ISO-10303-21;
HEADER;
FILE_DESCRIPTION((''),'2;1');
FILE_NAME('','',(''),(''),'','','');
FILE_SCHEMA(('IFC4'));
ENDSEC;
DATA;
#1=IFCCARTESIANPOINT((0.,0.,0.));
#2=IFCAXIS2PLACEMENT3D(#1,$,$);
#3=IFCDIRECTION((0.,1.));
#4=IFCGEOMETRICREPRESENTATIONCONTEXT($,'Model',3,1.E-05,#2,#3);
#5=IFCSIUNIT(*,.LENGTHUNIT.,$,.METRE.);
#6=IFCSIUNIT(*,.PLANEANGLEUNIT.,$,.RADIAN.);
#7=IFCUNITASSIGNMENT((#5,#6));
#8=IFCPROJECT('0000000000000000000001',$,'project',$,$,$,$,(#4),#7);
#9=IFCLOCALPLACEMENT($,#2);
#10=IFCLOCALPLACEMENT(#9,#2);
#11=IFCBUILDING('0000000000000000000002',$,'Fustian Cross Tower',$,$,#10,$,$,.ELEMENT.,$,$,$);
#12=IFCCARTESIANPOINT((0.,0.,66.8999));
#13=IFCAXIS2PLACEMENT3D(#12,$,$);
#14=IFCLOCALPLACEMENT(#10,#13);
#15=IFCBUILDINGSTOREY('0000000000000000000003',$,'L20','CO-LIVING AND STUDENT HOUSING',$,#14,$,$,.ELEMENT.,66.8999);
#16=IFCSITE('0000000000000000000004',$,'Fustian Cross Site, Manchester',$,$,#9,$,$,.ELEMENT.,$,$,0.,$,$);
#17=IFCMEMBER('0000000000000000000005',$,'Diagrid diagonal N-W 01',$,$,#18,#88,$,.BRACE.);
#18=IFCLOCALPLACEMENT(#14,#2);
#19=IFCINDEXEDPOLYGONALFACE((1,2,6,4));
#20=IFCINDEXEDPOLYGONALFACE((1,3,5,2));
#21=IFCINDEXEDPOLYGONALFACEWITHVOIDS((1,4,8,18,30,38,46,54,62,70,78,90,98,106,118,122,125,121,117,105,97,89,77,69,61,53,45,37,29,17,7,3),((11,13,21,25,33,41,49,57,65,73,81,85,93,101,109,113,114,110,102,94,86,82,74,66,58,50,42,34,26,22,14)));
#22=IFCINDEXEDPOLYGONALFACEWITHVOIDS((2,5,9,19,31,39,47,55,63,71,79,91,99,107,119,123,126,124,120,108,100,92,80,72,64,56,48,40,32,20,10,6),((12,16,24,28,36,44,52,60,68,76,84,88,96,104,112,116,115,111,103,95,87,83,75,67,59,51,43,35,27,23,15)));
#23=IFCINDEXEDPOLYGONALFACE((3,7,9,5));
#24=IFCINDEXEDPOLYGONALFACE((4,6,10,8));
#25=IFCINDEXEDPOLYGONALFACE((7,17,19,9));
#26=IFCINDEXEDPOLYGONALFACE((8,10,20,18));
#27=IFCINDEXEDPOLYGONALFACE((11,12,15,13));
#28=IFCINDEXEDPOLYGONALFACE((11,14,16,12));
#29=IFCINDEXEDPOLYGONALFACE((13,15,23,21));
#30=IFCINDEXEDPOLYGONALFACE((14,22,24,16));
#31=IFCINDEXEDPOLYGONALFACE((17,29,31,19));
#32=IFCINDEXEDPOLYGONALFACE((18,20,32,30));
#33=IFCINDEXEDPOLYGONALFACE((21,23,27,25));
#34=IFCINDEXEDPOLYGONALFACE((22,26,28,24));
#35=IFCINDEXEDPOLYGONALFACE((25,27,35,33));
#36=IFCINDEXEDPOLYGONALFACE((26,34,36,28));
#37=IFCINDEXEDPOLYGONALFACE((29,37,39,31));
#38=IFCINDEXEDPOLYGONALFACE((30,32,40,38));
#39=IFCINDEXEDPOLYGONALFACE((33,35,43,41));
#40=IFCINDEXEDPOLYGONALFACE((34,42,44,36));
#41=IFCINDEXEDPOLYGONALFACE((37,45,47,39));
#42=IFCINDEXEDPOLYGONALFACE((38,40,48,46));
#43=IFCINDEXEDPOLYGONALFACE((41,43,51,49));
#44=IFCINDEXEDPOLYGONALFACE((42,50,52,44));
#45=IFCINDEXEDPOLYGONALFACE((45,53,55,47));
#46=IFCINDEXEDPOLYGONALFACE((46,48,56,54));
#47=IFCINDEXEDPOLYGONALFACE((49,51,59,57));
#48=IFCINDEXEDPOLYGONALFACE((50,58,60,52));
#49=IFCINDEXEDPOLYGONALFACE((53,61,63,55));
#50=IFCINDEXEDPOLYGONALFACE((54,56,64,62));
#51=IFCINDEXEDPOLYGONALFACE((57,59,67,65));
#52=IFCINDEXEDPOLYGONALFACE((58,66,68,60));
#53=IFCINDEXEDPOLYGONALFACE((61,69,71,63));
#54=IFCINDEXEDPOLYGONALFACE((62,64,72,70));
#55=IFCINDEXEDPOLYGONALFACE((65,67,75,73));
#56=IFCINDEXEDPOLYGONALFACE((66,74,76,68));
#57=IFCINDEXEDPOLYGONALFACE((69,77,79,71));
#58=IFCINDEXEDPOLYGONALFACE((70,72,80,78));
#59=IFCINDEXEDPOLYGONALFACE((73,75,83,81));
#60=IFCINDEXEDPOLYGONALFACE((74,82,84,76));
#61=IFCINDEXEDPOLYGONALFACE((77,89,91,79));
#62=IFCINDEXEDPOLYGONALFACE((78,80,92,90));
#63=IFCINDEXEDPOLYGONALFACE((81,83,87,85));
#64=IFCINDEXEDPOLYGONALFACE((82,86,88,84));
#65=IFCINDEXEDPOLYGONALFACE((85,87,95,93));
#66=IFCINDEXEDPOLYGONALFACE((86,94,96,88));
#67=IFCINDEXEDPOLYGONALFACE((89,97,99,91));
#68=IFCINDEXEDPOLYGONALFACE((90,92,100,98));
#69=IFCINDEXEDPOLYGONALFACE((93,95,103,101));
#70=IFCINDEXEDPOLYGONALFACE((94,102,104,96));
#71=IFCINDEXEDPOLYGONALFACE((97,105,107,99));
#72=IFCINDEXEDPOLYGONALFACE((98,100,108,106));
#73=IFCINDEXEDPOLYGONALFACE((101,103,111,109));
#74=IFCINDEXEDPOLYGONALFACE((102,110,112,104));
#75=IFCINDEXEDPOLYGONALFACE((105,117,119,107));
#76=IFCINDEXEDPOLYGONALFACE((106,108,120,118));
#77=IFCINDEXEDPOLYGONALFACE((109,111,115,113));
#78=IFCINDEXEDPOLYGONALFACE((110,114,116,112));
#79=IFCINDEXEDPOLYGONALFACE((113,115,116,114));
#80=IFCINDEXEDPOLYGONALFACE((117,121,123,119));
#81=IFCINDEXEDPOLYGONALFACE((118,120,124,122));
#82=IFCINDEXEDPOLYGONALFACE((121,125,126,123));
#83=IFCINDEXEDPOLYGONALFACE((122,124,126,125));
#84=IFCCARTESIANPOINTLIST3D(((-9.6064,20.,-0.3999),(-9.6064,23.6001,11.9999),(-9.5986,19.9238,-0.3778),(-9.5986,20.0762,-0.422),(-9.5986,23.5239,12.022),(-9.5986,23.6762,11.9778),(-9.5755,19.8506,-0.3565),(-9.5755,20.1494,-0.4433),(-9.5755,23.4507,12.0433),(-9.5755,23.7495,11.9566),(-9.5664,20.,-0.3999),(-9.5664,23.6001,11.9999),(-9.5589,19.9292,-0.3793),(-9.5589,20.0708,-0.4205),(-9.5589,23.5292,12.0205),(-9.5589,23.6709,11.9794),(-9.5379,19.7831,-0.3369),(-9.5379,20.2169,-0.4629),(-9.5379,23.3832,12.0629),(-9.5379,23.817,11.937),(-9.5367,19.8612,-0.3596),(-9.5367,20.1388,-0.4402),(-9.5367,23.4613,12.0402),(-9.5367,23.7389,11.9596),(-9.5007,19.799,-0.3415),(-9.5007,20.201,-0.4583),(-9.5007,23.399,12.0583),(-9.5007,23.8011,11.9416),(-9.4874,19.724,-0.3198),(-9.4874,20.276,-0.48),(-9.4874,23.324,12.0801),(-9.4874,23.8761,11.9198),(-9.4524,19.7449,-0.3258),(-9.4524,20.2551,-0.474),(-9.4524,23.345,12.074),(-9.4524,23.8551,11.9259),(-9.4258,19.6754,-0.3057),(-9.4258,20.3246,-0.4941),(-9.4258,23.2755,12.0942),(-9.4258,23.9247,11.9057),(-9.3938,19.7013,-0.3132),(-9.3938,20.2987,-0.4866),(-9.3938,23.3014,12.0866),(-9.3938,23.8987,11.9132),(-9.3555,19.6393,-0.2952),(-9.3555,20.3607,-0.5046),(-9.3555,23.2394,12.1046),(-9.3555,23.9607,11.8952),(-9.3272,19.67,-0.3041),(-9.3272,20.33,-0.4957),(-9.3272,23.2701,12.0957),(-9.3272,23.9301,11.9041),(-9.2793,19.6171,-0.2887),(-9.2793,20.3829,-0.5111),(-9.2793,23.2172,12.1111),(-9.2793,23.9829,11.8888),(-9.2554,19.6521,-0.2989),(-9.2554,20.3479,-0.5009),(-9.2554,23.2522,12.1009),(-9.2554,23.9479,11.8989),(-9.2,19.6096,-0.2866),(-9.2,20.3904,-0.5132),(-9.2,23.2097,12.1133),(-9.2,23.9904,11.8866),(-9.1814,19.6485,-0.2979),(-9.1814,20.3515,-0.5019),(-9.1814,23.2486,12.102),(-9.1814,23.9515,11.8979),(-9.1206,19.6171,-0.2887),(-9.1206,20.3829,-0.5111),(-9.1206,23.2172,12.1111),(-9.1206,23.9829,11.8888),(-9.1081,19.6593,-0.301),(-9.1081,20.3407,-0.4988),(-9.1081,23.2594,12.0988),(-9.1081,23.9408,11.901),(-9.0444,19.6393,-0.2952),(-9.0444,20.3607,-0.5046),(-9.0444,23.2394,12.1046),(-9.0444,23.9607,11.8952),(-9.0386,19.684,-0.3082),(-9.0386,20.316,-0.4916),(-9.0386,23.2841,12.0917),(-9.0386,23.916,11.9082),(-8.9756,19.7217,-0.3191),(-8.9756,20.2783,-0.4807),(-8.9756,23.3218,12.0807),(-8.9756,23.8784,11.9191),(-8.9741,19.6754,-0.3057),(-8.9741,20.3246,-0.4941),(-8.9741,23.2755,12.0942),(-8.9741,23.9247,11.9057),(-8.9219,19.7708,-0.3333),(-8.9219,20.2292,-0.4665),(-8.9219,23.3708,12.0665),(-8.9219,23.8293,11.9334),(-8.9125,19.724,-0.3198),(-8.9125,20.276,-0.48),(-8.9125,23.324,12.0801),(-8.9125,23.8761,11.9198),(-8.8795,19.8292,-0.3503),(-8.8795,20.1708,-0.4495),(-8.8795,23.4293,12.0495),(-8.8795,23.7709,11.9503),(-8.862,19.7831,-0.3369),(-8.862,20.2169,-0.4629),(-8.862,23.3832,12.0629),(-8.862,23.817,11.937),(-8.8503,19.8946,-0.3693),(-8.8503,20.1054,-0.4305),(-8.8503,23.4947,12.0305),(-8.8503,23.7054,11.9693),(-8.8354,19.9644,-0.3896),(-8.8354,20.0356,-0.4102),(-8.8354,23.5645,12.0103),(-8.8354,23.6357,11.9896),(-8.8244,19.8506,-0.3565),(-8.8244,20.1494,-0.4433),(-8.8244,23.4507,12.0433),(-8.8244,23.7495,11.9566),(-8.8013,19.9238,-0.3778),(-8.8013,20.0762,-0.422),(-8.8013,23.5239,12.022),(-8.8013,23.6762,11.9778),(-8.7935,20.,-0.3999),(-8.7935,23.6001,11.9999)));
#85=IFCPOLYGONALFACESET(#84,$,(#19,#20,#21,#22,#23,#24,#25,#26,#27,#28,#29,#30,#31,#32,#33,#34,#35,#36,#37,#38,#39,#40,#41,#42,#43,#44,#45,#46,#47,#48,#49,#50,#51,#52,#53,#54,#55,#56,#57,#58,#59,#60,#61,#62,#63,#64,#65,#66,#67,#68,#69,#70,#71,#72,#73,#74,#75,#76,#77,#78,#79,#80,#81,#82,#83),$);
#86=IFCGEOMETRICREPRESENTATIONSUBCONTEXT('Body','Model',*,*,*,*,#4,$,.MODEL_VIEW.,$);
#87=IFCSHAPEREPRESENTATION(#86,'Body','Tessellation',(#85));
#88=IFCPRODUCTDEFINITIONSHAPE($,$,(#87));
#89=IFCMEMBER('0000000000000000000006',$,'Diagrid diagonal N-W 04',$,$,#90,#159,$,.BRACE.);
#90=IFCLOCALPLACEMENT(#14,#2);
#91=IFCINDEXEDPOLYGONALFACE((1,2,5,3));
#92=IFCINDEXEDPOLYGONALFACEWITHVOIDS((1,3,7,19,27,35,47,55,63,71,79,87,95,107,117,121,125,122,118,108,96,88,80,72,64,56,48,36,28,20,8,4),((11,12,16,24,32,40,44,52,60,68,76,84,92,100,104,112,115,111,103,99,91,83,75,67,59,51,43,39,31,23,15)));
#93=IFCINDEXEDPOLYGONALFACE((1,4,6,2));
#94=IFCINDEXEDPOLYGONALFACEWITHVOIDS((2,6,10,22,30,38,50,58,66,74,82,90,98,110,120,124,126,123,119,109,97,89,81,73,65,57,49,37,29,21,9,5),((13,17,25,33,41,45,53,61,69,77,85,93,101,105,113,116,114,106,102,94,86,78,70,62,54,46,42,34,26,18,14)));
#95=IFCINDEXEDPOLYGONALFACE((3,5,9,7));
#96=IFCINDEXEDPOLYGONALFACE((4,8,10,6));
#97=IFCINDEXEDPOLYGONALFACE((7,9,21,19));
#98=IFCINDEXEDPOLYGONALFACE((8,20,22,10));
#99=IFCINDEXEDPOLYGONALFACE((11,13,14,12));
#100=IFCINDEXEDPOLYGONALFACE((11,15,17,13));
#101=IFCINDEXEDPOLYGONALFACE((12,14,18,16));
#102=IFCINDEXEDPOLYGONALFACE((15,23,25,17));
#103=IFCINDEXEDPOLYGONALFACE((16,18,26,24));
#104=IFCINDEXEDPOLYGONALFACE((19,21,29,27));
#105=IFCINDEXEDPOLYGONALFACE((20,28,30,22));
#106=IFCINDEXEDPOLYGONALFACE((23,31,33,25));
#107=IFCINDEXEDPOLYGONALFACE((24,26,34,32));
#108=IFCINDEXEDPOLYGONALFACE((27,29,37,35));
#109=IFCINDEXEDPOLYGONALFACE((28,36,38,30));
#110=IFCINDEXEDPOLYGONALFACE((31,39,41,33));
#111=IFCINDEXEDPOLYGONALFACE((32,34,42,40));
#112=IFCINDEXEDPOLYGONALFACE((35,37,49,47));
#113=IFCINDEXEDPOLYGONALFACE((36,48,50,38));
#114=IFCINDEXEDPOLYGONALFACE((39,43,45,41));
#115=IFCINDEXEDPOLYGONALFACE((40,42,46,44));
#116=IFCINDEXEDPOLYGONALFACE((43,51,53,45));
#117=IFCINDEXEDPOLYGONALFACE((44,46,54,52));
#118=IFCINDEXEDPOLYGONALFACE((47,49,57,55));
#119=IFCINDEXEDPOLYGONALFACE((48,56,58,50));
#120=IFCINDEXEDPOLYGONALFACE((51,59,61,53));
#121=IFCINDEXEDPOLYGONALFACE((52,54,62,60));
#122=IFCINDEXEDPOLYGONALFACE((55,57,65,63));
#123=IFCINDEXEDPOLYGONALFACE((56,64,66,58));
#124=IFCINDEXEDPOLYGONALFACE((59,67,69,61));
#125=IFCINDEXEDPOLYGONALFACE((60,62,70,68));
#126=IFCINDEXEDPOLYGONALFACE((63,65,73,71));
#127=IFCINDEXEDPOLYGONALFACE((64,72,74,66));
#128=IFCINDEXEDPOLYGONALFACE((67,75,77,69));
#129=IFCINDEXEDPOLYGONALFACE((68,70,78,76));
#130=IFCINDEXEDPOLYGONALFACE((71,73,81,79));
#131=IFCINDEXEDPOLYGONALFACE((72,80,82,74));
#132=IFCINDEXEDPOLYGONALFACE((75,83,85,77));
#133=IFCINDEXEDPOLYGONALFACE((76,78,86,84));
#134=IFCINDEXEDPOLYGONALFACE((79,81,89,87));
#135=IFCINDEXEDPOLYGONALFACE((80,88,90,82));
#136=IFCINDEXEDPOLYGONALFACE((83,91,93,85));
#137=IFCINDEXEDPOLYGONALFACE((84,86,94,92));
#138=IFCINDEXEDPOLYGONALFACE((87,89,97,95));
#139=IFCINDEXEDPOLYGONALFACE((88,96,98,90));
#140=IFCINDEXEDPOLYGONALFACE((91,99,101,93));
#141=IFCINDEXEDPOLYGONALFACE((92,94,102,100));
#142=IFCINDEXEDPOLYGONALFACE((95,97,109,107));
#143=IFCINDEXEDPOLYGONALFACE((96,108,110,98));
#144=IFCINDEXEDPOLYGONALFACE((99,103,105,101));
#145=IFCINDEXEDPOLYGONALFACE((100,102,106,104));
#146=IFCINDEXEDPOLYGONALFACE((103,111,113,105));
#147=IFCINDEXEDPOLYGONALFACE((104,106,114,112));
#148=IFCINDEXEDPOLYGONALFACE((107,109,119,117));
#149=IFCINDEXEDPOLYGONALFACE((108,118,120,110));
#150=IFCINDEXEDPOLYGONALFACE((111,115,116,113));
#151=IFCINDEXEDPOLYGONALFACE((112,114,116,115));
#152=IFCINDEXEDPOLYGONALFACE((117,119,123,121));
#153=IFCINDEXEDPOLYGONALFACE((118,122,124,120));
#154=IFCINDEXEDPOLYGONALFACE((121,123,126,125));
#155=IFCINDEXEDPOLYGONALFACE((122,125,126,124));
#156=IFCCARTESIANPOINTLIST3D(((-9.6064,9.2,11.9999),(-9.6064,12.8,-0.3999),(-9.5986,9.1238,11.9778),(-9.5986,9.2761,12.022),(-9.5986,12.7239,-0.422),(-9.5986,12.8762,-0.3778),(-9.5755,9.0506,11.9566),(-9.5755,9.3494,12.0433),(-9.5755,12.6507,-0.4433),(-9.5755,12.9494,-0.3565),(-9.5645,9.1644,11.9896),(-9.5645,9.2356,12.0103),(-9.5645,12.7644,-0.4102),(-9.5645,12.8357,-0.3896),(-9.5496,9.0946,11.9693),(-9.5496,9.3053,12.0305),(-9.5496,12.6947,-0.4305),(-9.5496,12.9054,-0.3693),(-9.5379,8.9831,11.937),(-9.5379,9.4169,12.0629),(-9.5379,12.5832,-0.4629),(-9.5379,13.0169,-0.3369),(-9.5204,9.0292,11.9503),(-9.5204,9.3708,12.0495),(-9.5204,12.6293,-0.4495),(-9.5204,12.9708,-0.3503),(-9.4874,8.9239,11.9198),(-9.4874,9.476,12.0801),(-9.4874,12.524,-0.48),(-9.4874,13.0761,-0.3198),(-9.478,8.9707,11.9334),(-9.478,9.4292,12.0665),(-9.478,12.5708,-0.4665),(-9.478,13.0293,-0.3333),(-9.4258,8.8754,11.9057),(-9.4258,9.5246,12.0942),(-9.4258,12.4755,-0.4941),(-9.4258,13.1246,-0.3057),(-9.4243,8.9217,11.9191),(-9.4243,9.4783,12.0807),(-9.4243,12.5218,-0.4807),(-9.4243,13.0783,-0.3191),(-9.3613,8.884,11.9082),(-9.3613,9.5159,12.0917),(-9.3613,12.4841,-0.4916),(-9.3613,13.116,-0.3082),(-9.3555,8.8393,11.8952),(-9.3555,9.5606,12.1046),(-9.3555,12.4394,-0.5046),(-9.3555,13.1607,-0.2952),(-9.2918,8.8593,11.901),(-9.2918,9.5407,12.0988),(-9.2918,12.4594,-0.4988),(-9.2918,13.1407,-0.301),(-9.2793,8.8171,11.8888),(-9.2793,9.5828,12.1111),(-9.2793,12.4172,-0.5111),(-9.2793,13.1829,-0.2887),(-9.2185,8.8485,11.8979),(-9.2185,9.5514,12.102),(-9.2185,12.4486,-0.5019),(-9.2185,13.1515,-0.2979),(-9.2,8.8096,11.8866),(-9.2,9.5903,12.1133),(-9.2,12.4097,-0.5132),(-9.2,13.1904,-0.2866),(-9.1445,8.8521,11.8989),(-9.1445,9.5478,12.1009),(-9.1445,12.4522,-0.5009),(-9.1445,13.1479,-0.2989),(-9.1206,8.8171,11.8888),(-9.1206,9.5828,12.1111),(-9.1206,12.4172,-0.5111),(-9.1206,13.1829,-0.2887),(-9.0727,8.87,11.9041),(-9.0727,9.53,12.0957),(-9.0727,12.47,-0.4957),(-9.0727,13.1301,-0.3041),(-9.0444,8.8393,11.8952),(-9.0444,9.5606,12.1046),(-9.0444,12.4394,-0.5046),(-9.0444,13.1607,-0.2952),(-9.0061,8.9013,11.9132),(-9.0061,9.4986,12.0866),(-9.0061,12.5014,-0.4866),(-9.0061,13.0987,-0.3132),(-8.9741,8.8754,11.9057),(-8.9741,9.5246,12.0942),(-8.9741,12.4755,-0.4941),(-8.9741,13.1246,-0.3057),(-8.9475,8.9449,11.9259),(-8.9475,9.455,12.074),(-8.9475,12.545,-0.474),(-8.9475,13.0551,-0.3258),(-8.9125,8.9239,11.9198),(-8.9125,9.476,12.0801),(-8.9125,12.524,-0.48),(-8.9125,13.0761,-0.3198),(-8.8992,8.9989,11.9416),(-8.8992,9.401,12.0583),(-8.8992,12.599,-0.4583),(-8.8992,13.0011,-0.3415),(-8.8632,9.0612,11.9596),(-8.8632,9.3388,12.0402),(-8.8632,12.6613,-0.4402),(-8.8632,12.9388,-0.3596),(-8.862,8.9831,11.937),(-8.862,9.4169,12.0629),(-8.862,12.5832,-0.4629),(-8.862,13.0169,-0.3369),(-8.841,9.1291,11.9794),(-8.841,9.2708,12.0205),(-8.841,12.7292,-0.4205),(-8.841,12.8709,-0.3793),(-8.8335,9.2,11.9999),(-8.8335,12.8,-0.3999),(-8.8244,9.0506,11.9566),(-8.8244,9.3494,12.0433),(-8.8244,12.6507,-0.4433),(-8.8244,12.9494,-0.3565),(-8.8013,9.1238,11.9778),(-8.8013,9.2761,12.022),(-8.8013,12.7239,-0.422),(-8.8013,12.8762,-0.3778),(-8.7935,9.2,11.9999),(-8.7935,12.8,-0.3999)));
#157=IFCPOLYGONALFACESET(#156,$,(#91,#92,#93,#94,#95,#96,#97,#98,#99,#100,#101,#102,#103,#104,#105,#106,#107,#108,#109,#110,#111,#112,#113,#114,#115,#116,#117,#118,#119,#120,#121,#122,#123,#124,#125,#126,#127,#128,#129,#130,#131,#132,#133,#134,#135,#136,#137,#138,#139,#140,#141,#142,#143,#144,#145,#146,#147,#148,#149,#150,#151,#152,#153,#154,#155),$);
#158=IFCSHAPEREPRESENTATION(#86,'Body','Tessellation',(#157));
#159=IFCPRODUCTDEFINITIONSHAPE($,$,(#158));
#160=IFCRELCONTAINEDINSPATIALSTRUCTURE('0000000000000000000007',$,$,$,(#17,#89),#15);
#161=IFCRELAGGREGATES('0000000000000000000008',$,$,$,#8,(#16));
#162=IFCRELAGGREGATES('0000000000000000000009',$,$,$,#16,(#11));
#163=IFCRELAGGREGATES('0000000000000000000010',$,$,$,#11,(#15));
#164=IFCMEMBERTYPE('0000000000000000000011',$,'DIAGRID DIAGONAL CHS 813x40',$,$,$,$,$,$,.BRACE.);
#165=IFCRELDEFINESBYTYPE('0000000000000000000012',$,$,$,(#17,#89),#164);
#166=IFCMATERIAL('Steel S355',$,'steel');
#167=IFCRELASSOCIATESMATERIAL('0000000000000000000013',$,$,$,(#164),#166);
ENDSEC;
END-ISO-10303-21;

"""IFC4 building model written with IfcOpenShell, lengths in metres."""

from ifc_helpers import new_model, si_unit, direction, frame, origin, origin_2d, place, context, subcontext, project, spatial, hollow_circle, extrude, material, material_profile, profile_set, type_object, element, save


model = new_model("IFC4")

# Units and contexts
model_context = context("Model", 3, precision=1e-05, world=origin(), true_north=direction((0.0, 1.0)))
body_context = subcontext(model_context, "Body", "Model", "MODEL_VIEW")
ifc_project = project(units=[si_unit("LENGTHUNIT", "METRE"), si_unit("PLANEANGLEUNIT", "RADIAN")], contexts=[model_context])

# Site, building, storey
site_placement = place(None, origin())
site = spatial("IfcSite", under=ifc_project, at=site_placement, Name="Fustian Cross Site, Manchester", CompositionType="ELEMENT", RefElevation=0.0)
building_placement = place(site_placement, origin())
building = spatial("IfcBuilding", under=site, at=building_placement, Name="Fustian Cross Tower", CompositionType="ELEMENT")
storey_placement = place(building_placement, frame((0.0, 0.0, 66.8999)))
storey = spatial("IfcBuildingStorey", under=building, at=storey_placement, Name="L20", Description="CO-LIVING AND STUDENT HOUSING", CompositionType="ELEMENT", Elevation=66.8999)

# Members
ifc_material_1 = material(Name="Steel S355", Category="steel")
ifc_material_profile_1 = material_profile(ifc_material_1, hollow_circle(Radius=0.4065, WallThickness=0.04, at=origin_2d()), Name="CHS 813x40")
ifc_profile_set_1 = profile_set([ifc_material_profile_1], Name="Steel S355")
member_type_1 = type_object("IfcMemberType", Name="DIAGRID DIAGONAL CHS 813x40", PredefinedType="BRACE", material=ifc_profile_set_1)
for number, where, z_axis, x_axis, name in (
    (1, (-9.2, 20.0, -0.3999), (0.0, 0.278819, 0.960344), (-1.0, 0.0, 0.0), "Diagrid diagonal N-W 01"),
    (2, (-9.2, 12.8, -0.3999), (0.0, -0.278819, 0.960344), (1.0, 0.0, 0.0), "Diagrid diagonal N-W 04"),
):
    element("IfcMember", number, at=place(storey_placement, frame(where, z_axis=z_axis, x_axis=x_axis)), inside=storey, type_object=member_type_1, Name=name, PredefinedType="BRACE", context=body_context, shape_type="SweptSolid", body=[
        extrude(hollow_circle(Radius=0.4065, WallThickness=0.04, at=origin_2d()), origin(), (0.0, 0.0, 1.0), 12.9119),
    ])

save(model, "model.ifc")
